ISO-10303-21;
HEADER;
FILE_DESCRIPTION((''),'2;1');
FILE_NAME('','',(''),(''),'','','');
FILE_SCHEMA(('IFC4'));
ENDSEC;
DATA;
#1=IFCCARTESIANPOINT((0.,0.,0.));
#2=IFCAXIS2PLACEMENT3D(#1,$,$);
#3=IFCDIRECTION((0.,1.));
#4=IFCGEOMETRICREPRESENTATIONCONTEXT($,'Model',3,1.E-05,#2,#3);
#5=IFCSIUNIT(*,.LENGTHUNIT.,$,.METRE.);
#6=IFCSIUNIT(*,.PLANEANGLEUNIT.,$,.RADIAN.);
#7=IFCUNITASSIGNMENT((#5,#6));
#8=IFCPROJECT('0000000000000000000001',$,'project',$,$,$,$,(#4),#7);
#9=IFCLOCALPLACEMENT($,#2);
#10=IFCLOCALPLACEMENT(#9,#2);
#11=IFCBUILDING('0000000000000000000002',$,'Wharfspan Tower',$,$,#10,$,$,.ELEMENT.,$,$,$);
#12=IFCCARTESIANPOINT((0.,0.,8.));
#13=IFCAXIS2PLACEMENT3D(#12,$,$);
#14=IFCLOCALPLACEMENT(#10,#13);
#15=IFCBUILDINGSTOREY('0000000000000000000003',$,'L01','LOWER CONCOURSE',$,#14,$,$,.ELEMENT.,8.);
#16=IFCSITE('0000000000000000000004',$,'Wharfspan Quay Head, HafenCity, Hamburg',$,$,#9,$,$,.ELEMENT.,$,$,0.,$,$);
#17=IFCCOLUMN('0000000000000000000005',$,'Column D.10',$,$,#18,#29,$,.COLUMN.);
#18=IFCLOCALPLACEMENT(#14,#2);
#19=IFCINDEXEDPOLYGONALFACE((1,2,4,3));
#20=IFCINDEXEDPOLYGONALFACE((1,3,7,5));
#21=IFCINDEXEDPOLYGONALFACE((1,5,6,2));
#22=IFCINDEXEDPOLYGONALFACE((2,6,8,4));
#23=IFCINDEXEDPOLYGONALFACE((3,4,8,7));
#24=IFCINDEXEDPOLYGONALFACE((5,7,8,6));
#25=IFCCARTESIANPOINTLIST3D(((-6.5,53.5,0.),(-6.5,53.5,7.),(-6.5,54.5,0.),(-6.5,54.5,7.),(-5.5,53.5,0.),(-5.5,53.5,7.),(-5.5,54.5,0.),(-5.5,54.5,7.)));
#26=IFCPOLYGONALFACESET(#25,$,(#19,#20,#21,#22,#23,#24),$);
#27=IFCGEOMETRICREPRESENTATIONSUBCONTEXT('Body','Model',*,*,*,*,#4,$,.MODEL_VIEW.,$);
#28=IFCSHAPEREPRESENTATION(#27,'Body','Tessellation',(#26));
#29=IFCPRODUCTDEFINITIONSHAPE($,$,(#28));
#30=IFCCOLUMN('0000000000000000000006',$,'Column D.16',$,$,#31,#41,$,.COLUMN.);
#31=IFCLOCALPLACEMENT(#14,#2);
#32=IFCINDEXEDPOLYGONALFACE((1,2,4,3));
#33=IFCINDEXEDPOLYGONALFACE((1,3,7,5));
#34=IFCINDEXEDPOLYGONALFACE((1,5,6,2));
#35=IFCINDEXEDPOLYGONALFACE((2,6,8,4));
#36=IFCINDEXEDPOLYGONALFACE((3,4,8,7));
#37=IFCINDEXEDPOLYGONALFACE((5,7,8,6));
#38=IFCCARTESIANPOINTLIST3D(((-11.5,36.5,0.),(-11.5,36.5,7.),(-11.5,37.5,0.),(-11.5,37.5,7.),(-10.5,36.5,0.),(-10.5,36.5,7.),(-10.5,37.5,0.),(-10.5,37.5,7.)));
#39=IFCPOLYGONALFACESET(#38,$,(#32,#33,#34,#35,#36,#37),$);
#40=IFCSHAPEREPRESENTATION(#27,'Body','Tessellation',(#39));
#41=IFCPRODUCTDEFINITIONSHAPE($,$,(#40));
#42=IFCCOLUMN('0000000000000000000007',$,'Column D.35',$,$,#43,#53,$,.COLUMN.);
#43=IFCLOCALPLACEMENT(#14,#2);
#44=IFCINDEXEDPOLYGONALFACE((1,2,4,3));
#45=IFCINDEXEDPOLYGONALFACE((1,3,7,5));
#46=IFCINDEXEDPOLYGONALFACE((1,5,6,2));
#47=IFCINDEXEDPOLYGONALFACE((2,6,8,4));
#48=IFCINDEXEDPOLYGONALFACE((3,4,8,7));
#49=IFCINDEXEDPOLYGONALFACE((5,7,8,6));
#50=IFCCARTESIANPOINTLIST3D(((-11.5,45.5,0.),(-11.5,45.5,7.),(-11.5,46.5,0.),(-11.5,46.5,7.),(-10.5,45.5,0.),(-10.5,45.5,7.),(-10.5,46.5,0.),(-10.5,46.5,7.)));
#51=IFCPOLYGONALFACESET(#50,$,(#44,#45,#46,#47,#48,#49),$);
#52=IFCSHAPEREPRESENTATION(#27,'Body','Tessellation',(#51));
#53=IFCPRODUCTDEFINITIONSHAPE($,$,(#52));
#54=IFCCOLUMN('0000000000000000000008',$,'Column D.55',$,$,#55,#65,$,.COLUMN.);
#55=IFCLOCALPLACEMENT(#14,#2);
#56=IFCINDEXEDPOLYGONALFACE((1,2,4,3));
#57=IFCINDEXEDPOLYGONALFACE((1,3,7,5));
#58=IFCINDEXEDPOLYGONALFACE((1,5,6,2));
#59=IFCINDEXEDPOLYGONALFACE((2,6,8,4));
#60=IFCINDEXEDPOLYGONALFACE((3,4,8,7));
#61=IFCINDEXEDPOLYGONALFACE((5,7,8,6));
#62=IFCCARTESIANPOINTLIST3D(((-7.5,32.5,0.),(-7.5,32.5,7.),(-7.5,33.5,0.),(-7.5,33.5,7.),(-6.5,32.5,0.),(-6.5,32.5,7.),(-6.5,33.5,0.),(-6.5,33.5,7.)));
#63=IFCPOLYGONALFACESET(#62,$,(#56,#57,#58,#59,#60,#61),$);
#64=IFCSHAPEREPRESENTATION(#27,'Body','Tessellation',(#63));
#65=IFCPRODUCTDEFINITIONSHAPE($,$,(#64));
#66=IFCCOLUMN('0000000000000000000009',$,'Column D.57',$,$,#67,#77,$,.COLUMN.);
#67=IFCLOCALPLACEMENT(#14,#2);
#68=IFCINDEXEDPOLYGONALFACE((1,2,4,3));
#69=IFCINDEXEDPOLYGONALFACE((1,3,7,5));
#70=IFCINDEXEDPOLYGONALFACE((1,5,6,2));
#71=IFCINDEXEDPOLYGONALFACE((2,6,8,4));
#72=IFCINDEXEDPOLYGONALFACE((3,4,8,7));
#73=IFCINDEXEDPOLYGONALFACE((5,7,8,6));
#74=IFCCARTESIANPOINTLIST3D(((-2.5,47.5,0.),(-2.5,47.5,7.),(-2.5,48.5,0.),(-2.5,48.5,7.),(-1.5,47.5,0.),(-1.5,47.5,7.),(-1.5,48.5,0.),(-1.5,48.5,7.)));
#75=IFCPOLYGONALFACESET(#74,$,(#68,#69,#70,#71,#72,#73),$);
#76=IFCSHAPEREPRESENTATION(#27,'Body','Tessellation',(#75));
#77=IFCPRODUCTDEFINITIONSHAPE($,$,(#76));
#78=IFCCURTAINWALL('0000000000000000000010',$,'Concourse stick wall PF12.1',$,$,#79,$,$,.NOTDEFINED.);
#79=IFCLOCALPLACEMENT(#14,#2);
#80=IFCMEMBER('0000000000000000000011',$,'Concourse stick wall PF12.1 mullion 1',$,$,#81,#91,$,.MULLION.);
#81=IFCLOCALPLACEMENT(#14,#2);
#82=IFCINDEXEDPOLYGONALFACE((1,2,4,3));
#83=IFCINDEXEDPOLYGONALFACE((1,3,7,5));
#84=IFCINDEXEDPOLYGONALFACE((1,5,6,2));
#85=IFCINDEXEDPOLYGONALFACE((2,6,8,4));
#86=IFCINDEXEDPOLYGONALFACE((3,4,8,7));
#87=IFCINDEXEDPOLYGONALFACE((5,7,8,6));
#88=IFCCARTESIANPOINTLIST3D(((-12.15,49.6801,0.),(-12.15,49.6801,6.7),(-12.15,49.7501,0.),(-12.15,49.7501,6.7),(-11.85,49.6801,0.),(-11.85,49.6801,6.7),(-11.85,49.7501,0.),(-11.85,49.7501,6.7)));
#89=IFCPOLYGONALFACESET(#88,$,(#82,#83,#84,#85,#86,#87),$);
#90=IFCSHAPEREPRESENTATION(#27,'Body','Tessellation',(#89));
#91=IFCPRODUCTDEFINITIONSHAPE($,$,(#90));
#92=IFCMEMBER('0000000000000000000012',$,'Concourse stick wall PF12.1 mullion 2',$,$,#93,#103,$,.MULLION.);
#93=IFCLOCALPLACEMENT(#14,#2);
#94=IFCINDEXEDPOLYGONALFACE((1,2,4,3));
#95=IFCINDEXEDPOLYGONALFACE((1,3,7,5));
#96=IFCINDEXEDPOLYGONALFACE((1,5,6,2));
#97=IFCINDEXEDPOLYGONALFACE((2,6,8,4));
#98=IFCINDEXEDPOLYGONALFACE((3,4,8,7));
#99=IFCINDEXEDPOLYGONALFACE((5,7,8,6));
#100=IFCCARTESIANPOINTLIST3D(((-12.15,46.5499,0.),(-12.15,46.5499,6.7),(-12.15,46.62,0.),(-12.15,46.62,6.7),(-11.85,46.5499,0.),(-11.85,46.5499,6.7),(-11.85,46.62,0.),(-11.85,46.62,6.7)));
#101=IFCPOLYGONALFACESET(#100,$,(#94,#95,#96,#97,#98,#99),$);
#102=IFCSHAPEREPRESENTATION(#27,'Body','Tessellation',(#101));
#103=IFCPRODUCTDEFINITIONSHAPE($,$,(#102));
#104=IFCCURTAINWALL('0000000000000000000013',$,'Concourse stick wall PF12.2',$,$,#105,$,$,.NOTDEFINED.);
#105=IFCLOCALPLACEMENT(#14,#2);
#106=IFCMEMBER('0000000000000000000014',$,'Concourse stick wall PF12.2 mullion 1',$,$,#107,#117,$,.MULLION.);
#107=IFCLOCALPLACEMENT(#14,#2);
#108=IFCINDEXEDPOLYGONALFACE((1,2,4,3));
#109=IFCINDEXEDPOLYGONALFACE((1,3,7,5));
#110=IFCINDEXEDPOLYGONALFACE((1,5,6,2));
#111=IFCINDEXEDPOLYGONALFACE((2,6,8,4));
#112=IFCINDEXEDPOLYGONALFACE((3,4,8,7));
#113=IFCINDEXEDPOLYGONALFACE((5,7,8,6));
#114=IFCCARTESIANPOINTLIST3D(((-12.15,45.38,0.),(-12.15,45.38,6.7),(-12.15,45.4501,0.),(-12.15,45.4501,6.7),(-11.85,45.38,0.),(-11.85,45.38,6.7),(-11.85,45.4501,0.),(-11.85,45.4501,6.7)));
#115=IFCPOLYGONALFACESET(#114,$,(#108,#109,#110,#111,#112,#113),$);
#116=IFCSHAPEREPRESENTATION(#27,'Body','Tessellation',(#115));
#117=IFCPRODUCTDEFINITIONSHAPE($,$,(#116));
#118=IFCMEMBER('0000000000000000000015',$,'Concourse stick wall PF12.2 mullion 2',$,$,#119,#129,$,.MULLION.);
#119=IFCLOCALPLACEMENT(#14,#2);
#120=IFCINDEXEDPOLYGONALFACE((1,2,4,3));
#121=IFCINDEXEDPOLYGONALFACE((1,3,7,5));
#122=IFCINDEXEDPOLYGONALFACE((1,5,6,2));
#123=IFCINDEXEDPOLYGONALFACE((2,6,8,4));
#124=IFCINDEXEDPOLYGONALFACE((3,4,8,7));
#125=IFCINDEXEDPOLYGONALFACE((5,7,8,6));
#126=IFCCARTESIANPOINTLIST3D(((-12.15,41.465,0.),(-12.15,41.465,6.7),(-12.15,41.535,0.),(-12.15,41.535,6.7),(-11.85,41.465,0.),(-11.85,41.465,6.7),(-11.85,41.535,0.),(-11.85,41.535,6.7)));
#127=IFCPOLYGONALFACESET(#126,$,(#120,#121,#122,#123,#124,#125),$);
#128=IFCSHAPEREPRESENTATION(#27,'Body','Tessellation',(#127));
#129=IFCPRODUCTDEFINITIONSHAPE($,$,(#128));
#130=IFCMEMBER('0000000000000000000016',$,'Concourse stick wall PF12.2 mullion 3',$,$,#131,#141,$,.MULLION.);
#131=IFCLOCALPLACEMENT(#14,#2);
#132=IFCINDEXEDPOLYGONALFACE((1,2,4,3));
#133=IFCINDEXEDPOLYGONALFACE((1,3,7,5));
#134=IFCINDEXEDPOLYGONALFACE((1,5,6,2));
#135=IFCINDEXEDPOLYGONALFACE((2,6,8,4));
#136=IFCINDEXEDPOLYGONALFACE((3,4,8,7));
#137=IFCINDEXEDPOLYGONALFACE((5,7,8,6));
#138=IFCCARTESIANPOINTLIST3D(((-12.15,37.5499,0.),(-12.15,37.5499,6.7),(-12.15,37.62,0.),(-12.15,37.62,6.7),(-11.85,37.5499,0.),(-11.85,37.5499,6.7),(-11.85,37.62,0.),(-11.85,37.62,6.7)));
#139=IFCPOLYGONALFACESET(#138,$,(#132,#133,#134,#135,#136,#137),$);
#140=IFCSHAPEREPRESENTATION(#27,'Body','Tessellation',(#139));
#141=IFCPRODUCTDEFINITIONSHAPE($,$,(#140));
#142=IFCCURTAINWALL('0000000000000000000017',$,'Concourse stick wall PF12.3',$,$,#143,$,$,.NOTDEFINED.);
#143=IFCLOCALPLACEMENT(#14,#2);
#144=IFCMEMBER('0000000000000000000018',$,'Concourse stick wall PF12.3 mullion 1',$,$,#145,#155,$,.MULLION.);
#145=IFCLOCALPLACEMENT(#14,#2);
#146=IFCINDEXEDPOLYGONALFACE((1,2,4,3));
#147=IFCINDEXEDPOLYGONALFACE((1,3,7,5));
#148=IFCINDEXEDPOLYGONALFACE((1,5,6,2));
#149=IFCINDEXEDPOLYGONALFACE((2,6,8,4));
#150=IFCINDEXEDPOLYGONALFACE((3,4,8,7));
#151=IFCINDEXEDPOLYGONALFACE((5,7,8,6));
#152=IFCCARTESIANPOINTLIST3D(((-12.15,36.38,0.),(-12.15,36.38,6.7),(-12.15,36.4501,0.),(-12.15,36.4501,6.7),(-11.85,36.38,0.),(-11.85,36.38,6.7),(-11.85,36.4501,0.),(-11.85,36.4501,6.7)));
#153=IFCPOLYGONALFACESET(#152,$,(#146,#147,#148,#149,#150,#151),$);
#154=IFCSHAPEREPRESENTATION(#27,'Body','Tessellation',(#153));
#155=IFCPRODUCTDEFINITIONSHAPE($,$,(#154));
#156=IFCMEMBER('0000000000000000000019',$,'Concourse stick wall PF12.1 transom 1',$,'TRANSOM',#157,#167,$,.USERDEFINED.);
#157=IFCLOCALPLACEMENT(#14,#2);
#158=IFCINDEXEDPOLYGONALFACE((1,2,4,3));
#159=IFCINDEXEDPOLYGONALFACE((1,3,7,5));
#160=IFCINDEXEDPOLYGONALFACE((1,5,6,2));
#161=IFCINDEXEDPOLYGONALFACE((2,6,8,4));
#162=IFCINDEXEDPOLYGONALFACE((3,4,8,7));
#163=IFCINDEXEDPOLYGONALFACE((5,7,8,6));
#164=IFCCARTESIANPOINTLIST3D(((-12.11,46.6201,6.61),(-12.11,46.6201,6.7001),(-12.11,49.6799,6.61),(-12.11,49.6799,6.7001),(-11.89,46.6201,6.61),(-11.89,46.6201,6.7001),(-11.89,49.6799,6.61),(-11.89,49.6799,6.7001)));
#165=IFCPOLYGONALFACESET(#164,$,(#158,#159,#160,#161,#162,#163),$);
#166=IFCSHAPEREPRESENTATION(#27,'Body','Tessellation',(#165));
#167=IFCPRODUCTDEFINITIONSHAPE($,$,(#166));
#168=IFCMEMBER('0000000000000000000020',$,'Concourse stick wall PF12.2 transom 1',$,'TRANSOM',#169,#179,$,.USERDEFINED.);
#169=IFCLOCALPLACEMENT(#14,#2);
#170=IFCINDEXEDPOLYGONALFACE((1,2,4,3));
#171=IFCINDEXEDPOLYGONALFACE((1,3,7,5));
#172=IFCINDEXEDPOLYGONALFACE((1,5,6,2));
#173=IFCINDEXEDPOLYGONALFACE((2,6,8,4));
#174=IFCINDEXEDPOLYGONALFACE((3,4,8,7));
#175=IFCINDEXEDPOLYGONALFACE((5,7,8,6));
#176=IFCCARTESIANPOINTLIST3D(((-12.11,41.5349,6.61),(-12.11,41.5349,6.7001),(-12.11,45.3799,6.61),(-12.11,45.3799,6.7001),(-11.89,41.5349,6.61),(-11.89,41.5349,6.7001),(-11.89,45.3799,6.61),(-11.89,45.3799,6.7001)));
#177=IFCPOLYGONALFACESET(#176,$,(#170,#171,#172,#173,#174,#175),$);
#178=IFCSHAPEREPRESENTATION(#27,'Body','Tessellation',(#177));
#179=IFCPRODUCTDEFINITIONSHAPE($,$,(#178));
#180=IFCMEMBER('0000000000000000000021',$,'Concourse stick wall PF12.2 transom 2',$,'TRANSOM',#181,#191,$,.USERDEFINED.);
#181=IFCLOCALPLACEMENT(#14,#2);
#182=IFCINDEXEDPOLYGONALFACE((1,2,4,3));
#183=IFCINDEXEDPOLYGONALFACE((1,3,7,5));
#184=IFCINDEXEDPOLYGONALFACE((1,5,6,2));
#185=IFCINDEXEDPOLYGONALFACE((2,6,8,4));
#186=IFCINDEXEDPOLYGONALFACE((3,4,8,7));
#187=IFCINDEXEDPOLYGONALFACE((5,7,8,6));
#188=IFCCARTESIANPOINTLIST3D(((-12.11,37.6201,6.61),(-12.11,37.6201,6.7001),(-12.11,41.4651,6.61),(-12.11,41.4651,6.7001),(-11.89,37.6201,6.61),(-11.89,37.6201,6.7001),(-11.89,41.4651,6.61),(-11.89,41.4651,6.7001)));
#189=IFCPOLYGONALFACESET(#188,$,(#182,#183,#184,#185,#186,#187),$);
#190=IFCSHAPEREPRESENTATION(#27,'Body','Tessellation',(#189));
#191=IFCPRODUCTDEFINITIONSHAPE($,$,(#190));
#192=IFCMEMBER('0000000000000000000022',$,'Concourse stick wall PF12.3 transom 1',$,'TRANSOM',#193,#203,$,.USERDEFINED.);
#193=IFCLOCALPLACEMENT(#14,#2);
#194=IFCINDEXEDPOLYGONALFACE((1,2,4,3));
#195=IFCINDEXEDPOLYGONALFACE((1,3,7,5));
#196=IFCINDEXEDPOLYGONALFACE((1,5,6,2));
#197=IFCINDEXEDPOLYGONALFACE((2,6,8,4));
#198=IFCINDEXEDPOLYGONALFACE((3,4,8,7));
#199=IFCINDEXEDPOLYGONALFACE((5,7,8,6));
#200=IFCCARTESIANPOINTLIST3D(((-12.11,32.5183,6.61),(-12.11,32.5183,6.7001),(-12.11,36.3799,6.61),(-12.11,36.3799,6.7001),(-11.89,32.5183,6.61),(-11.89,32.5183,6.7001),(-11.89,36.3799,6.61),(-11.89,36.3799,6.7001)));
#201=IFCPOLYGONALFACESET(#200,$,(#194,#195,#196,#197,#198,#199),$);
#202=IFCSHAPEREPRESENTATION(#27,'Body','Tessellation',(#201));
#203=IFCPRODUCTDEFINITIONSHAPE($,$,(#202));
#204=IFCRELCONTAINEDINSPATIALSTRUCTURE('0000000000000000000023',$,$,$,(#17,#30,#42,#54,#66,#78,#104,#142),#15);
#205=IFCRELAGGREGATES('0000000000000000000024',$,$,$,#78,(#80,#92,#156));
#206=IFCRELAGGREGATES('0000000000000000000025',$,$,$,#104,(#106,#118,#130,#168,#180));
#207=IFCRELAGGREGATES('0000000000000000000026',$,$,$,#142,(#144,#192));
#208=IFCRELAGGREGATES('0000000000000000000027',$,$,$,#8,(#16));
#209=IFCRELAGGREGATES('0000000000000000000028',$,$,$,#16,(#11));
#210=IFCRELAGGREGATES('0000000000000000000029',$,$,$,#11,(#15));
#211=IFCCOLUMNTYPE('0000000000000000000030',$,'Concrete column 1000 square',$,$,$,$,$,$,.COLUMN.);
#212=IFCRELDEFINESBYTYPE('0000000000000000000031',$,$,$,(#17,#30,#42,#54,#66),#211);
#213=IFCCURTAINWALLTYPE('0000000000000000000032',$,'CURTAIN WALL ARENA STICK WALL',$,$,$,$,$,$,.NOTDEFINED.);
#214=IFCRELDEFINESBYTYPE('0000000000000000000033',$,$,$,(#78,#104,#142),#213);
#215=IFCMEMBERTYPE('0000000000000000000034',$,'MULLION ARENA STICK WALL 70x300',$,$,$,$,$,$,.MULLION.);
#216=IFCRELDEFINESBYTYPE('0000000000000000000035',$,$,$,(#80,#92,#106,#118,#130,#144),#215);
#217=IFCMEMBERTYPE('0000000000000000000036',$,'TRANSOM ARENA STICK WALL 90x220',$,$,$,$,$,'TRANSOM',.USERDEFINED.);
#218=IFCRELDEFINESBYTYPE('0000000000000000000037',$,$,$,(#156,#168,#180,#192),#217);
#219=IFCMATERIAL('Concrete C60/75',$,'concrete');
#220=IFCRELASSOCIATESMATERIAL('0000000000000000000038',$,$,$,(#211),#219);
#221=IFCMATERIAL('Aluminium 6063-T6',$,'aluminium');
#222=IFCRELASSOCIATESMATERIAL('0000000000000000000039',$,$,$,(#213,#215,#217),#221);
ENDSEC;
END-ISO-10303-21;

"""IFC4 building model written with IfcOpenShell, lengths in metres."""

from ifc_helpers import new_model, si_unit, direction, frame, origin, origin_2d, place, context, subcontext, project, spatial, rectangle, extrude, material, material_profile, profile_set, type_object, element, aggregate, save


model = new_model("IFC4")

# Units and contexts
model_context = context("Model", 3, precision=1e-05, world=origin(), true_north=direction((0.0, 1.0)))
body_context = subcontext(model_context, "Body", "Model", "MODEL_VIEW")
ifc_project = project(units=[si_unit("LENGTHUNIT", "METRE"), si_unit("PLANEANGLEUNIT", "RADIAN")], contexts=[model_context])

# Site, building, storey
site_placement = place(None, origin())
site = spatial("IfcSite", under=ifc_project, at=site_placement, Name="Wharfspan Quay Head, HafenCity, Hamburg", CompositionType="ELEMENT", RefElevation=0.0)
building_placement = place(site_placement, origin())
building = spatial("IfcBuilding", under=site, at=building_placement, Name="Wharfspan Tower", CompositionType="ELEMENT")
storey_placement = place(building_placement, frame((0.0, 0.0, 8.0)))
storey = spatial("IfcBuildingStorey", under=building, at=storey_placement, Name="L01", Description="LOWER CONCOURSE", CompositionType="ELEMENT", Elevation=8.0)

# Columns
ifc_material_1 = material(Name="Concrete C60/75", Category="concrete")
ifc_material_profile_1 = material_profile(ifc_material_1, rectangle(XDim=1.0, YDim=1.0, at=origin_2d()))
ifc_profile_set_1 = profile_set([ifc_material_profile_1], Name="Concrete C60/75")
column_type = type_object("IfcColumnType", Name="Concrete column 1000 square", PredefinedType="COLUMN", material=ifc_profile_set_1)
for number, where, z_axis, x_axis, name in (
    (1, (-6.0, 54.0, 0.0), (0.0, 0.0, 1.0), (1.0, 0.0, 0.0), "Column D.10"),
    (2, (-11.0, 37.0, 0.0), (0.0, 0.0, 1.0), (1.0, 0.0, 0.0), "Column D.16"),
    (3, (-11.0, 46.0, 0.0), (0.0, 0.0, 1.0), (1.0, 0.0, 0.0), "Column D.35"),
    (4, (-7.0, 33.0, 0.0), (0.0, 0.0, 1.0), (1.0, 0.0, 0.0), "Column D.55"),
    (5, (-2.0, 48.0, 0.0), (0.0, 0.0, 1.0), (1.0, 0.0, 0.0), "Column D.57"),
):
    element("IfcColumn", number, at=place(storey_placement, frame(where, z_axis=z_axis, x_axis=x_axis)), inside=storey, type_object=column_type, Name=name, PredefinedType="COLUMN", context=body_context, shape_type="SweptSolid", body=[
        extrude(rectangle(XDim=1.0, YDim=1.0, at=origin_2d()), origin(), (0.0, 0.0, 1.0), 7.0),
    ])

# Curtain walls, members
ifc_material_2 = material(Name="Aluminium 6063-T6", Category="aluminium")
curtain_wall_type = type_object("IfcCurtainWallType", Name="CURTAIN WALL ARENA STICK WALL", PredefinedType="NOTDEFINED", material=ifc_material_2)
curtain_wall_1_placement = place(storey_placement, origin())
curtain_wall_1 = element("IfcCurtainWall", 6, at=curtain_wall_1_placement, inside=storey, type_object=curtain_wall_type, Name="Concourse stick wall PF12.1", PredefinedType="NOTDEFINED")
ifc_material_profile_2 = material_profile(ifc_material_2, rectangle(XDim=0.3, YDim=0.0701, at=origin_2d()))
ifc_profile_set_2 = profile_set([ifc_material_profile_2], Name="Aluminium 6063-T6")
member_type_1 = type_object("IfcMemberType", Name="MULLION ARENA STICK WALL 70x300", PredefinedType="MULLION", material=ifc_profile_set_2)
member_1_placement = place(storey_placement, frame((-12.0, 49.7151, 0.0), z_axis=(0.0, 0.0, 1.0), x_axis=(1.0, 0.0, 0.0)))
member_1 = element("IfcMember", 7, at=member_1_placement, type_object=member_type_1, Name="Concourse stick wall PF12.1 mullion 1", PredefinedType="MULLION", context=body_context, shape_type="SweptSolid", body=[
    extrude(rectangle(XDim=0.3, YDim=0.0701, at=origin_2d()), origin(), (0.0, 0.0, 1.0), 6.7),
])
member_2_placement = place(storey_placement, frame((-12.0, 46.585, 0.0), z_axis=(0.0, 0.0, 1.0), x_axis=(1.0, 0.0, 0.0)))
member_2 = element("IfcMember", 8, at=member_2_placement, type_object=member_type_1, Name="Concourse stick wall PF12.1 mullion 2", PredefinedType="MULLION", context=body_context, shape_type="SweptSolid", body=[
    extrude(rectangle(XDim=0.3, YDim=0.0701, at=origin_2d()), origin(), (0.0, 0.0, 1.0), 6.7),
])
curtain_wall_2_placement = place(storey_placement, origin())
curtain_wall_2 = element("IfcCurtainWall", 9, at=curtain_wall_2_placement, inside=storey, type_object=curtain_wall_type, Name="Concourse stick wall PF12.2", PredefinedType="NOTDEFINED")
member_3_placement = place(storey_placement, frame((-12.0, 45.415, 0.0), z_axis=(0.0, 0.0, 1.0), x_axis=(1.0, 0.0, 0.0)))
member_3 = element("IfcMember", 10, at=member_3_placement, type_object=member_type_1, Name="Concourse stick wall PF12.2 mullion 1", PredefinedType="MULLION", context=body_context, shape_type="SweptSolid", body=[
    extrude(rectangle(XDim=0.3, YDim=0.0701, at=origin_2d()), origin(), (0.0, 0.0, 1.0), 6.7),
])
member_4_placement = place(storey_placement, frame((-12.0, 41.5, 0.0), z_axis=(0.0, 0.0, 1.0), x_axis=(1.0, 0.0, 0.0)))
member_4 = element("IfcMember", 11, at=member_4_placement, type_object=member_type_1, Name="Concourse stick wall PF12.2 mullion 2", PredefinedType="MULLION", context=body_context, shape_type="SweptSolid", body=[
    extrude(rectangle(XDim=0.3, YDim=0.0701, at=origin_2d()), origin(), (0.0, 0.0, 1.0), 6.7),
])
member_5_placement = place(storey_placement, frame((-12.0, 37.585, 0.0), z_axis=(0.0, 0.0, 1.0), x_axis=(1.0, 0.0, 0.0)))
member_5 = element("IfcMember", 12, at=member_5_placement, type_object=member_type_1, Name="Concourse stick wall PF12.2 mullion 3", PredefinedType="MULLION", context=body_context, shape_type="SweptSolid", body=[
    extrude(rectangle(XDim=0.3, YDim=0.0701, at=origin_2d()), origin(), (0.0, 0.0, 1.0), 6.7),
])

# Curtain wall, member
curtain_wall_3_placement = place(storey_placement, origin())
curtain_wall_3 = element("IfcCurtainWall", 13, at=curtain_wall_3_placement, inside=storey, type_object=curtain_wall_type, Name="Concourse stick wall PF12.3", PredefinedType="NOTDEFINED")
member_6_placement = place(storey_placement, frame((-12.0, 36.415, 0.0), z_axis=(0.0, 0.0, 1.0), x_axis=(1.0, 0.0, 0.0)))
member_6 = element("IfcMember", 14, at=member_6_placement, type_object=member_type_1, Name="Concourse stick wall PF12.3 mullion 1", PredefinedType="MULLION", context=body_context, shape_type="SweptSolid", body=[
    extrude(rectangle(XDim=0.3, YDim=0.0701, at=origin_2d()), origin(), (0.0, 0.0, 1.0), 6.7),
])

# Members
ifc_material_profile_3 = material_profile(ifc_material_2, rectangle(XDim=0.22, YDim=0.0901, at=origin_2d()))
ifc_profile_set_3 = profile_set([ifc_material_profile_3], Name="Aluminium 6063-T6")
member_type_2 = type_object("IfcMemberType", Name="TRANSOM ARENA STICK WALL 90x220", ElementType="TRANSOM", PredefinedType="USERDEFINED", material=ifc_profile_set_3)
member_7_placement = place(storey_placement, frame((-12.0, 49.6799, 6.655), z_axis=(0.0, -1.0, 0.0), x_axis=(1.0, 0.0, 0.0)))
member_7 = element("IfcMember", 15, at=member_7_placement, type_object=member_type_2, Name="Concourse stick wall PF12.1 transom 1", ObjectType="TRANSOM", PredefinedType="USERDEFINED", context=body_context, shape_type="SweptSolid", body=[
    extrude(rectangle(XDim=0.22, YDim=0.0901, at=origin_2d()), origin(), (0.0, 0.0, 1.0), 3.0598),
])
member_8_placement = place(storey_placement, frame((-12.0, 45.3799, 6.655), z_axis=(0.0, -1.0, 0.0), x_axis=(1.0, 0.0, 0.0)))
member_8 = element("IfcMember", 16, at=member_8_placement, type_object=member_type_2, Name="Concourse stick wall PF12.2 transom 1", ObjectType="TRANSOM", PredefinedType="USERDEFINED", context=body_context, shape_type="SweptSolid", body=[
    extrude(rectangle(XDim=0.22, YDim=0.0901, at=origin_2d()), origin(), (0.0, 0.0, 1.0), 3.845),
])
member_9_placement = place(storey_placement, frame((-12.0, 41.4651, 6.655), z_axis=(0.0, -1.0, 0.0), x_axis=(1.0, 0.0, 0.0)))
member_9 = element("IfcMember", 17, at=member_9_placement, type_object=member_type_2, Name="Concourse stick wall PF12.2 transom 2", ObjectType="TRANSOM", PredefinedType="USERDEFINED", context=body_context, shape_type="SweptSolid", body=[
    extrude(rectangle(XDim=0.22, YDim=0.0901, at=origin_2d()), origin(), (0.0, 0.0, 1.0), 3.845),
])
member_10_placement = place(storey_placement, frame((-12.0, 36.3799, 6.655), z_axis=(0.0, -1.0, 0.0), x_axis=(1.0, 0.0, 0.0)))
member_10 = element("IfcMember", 18, at=member_10_placement, type_object=member_type_2, Name="Concourse stick wall PF12.3 transom 1", ObjectType="TRANSOM", PredefinedType="USERDEFINED", context=body_context, shape_type="SweptSolid", body=[
    extrude(rectangle(XDim=0.22, YDim=0.0901, at=origin_2d()), origin(), (0.0, 0.0, 1.0), 3.8616),
])

aggregate(curtain_wall_1, [member_1, member_2, member_7])
aggregate(curtain_wall_2, [member_3, member_4, member_5, member_8, member_9])
aggregate(curtain_wall_3, [member_6, member_10])

save(model, "model.ifc")
